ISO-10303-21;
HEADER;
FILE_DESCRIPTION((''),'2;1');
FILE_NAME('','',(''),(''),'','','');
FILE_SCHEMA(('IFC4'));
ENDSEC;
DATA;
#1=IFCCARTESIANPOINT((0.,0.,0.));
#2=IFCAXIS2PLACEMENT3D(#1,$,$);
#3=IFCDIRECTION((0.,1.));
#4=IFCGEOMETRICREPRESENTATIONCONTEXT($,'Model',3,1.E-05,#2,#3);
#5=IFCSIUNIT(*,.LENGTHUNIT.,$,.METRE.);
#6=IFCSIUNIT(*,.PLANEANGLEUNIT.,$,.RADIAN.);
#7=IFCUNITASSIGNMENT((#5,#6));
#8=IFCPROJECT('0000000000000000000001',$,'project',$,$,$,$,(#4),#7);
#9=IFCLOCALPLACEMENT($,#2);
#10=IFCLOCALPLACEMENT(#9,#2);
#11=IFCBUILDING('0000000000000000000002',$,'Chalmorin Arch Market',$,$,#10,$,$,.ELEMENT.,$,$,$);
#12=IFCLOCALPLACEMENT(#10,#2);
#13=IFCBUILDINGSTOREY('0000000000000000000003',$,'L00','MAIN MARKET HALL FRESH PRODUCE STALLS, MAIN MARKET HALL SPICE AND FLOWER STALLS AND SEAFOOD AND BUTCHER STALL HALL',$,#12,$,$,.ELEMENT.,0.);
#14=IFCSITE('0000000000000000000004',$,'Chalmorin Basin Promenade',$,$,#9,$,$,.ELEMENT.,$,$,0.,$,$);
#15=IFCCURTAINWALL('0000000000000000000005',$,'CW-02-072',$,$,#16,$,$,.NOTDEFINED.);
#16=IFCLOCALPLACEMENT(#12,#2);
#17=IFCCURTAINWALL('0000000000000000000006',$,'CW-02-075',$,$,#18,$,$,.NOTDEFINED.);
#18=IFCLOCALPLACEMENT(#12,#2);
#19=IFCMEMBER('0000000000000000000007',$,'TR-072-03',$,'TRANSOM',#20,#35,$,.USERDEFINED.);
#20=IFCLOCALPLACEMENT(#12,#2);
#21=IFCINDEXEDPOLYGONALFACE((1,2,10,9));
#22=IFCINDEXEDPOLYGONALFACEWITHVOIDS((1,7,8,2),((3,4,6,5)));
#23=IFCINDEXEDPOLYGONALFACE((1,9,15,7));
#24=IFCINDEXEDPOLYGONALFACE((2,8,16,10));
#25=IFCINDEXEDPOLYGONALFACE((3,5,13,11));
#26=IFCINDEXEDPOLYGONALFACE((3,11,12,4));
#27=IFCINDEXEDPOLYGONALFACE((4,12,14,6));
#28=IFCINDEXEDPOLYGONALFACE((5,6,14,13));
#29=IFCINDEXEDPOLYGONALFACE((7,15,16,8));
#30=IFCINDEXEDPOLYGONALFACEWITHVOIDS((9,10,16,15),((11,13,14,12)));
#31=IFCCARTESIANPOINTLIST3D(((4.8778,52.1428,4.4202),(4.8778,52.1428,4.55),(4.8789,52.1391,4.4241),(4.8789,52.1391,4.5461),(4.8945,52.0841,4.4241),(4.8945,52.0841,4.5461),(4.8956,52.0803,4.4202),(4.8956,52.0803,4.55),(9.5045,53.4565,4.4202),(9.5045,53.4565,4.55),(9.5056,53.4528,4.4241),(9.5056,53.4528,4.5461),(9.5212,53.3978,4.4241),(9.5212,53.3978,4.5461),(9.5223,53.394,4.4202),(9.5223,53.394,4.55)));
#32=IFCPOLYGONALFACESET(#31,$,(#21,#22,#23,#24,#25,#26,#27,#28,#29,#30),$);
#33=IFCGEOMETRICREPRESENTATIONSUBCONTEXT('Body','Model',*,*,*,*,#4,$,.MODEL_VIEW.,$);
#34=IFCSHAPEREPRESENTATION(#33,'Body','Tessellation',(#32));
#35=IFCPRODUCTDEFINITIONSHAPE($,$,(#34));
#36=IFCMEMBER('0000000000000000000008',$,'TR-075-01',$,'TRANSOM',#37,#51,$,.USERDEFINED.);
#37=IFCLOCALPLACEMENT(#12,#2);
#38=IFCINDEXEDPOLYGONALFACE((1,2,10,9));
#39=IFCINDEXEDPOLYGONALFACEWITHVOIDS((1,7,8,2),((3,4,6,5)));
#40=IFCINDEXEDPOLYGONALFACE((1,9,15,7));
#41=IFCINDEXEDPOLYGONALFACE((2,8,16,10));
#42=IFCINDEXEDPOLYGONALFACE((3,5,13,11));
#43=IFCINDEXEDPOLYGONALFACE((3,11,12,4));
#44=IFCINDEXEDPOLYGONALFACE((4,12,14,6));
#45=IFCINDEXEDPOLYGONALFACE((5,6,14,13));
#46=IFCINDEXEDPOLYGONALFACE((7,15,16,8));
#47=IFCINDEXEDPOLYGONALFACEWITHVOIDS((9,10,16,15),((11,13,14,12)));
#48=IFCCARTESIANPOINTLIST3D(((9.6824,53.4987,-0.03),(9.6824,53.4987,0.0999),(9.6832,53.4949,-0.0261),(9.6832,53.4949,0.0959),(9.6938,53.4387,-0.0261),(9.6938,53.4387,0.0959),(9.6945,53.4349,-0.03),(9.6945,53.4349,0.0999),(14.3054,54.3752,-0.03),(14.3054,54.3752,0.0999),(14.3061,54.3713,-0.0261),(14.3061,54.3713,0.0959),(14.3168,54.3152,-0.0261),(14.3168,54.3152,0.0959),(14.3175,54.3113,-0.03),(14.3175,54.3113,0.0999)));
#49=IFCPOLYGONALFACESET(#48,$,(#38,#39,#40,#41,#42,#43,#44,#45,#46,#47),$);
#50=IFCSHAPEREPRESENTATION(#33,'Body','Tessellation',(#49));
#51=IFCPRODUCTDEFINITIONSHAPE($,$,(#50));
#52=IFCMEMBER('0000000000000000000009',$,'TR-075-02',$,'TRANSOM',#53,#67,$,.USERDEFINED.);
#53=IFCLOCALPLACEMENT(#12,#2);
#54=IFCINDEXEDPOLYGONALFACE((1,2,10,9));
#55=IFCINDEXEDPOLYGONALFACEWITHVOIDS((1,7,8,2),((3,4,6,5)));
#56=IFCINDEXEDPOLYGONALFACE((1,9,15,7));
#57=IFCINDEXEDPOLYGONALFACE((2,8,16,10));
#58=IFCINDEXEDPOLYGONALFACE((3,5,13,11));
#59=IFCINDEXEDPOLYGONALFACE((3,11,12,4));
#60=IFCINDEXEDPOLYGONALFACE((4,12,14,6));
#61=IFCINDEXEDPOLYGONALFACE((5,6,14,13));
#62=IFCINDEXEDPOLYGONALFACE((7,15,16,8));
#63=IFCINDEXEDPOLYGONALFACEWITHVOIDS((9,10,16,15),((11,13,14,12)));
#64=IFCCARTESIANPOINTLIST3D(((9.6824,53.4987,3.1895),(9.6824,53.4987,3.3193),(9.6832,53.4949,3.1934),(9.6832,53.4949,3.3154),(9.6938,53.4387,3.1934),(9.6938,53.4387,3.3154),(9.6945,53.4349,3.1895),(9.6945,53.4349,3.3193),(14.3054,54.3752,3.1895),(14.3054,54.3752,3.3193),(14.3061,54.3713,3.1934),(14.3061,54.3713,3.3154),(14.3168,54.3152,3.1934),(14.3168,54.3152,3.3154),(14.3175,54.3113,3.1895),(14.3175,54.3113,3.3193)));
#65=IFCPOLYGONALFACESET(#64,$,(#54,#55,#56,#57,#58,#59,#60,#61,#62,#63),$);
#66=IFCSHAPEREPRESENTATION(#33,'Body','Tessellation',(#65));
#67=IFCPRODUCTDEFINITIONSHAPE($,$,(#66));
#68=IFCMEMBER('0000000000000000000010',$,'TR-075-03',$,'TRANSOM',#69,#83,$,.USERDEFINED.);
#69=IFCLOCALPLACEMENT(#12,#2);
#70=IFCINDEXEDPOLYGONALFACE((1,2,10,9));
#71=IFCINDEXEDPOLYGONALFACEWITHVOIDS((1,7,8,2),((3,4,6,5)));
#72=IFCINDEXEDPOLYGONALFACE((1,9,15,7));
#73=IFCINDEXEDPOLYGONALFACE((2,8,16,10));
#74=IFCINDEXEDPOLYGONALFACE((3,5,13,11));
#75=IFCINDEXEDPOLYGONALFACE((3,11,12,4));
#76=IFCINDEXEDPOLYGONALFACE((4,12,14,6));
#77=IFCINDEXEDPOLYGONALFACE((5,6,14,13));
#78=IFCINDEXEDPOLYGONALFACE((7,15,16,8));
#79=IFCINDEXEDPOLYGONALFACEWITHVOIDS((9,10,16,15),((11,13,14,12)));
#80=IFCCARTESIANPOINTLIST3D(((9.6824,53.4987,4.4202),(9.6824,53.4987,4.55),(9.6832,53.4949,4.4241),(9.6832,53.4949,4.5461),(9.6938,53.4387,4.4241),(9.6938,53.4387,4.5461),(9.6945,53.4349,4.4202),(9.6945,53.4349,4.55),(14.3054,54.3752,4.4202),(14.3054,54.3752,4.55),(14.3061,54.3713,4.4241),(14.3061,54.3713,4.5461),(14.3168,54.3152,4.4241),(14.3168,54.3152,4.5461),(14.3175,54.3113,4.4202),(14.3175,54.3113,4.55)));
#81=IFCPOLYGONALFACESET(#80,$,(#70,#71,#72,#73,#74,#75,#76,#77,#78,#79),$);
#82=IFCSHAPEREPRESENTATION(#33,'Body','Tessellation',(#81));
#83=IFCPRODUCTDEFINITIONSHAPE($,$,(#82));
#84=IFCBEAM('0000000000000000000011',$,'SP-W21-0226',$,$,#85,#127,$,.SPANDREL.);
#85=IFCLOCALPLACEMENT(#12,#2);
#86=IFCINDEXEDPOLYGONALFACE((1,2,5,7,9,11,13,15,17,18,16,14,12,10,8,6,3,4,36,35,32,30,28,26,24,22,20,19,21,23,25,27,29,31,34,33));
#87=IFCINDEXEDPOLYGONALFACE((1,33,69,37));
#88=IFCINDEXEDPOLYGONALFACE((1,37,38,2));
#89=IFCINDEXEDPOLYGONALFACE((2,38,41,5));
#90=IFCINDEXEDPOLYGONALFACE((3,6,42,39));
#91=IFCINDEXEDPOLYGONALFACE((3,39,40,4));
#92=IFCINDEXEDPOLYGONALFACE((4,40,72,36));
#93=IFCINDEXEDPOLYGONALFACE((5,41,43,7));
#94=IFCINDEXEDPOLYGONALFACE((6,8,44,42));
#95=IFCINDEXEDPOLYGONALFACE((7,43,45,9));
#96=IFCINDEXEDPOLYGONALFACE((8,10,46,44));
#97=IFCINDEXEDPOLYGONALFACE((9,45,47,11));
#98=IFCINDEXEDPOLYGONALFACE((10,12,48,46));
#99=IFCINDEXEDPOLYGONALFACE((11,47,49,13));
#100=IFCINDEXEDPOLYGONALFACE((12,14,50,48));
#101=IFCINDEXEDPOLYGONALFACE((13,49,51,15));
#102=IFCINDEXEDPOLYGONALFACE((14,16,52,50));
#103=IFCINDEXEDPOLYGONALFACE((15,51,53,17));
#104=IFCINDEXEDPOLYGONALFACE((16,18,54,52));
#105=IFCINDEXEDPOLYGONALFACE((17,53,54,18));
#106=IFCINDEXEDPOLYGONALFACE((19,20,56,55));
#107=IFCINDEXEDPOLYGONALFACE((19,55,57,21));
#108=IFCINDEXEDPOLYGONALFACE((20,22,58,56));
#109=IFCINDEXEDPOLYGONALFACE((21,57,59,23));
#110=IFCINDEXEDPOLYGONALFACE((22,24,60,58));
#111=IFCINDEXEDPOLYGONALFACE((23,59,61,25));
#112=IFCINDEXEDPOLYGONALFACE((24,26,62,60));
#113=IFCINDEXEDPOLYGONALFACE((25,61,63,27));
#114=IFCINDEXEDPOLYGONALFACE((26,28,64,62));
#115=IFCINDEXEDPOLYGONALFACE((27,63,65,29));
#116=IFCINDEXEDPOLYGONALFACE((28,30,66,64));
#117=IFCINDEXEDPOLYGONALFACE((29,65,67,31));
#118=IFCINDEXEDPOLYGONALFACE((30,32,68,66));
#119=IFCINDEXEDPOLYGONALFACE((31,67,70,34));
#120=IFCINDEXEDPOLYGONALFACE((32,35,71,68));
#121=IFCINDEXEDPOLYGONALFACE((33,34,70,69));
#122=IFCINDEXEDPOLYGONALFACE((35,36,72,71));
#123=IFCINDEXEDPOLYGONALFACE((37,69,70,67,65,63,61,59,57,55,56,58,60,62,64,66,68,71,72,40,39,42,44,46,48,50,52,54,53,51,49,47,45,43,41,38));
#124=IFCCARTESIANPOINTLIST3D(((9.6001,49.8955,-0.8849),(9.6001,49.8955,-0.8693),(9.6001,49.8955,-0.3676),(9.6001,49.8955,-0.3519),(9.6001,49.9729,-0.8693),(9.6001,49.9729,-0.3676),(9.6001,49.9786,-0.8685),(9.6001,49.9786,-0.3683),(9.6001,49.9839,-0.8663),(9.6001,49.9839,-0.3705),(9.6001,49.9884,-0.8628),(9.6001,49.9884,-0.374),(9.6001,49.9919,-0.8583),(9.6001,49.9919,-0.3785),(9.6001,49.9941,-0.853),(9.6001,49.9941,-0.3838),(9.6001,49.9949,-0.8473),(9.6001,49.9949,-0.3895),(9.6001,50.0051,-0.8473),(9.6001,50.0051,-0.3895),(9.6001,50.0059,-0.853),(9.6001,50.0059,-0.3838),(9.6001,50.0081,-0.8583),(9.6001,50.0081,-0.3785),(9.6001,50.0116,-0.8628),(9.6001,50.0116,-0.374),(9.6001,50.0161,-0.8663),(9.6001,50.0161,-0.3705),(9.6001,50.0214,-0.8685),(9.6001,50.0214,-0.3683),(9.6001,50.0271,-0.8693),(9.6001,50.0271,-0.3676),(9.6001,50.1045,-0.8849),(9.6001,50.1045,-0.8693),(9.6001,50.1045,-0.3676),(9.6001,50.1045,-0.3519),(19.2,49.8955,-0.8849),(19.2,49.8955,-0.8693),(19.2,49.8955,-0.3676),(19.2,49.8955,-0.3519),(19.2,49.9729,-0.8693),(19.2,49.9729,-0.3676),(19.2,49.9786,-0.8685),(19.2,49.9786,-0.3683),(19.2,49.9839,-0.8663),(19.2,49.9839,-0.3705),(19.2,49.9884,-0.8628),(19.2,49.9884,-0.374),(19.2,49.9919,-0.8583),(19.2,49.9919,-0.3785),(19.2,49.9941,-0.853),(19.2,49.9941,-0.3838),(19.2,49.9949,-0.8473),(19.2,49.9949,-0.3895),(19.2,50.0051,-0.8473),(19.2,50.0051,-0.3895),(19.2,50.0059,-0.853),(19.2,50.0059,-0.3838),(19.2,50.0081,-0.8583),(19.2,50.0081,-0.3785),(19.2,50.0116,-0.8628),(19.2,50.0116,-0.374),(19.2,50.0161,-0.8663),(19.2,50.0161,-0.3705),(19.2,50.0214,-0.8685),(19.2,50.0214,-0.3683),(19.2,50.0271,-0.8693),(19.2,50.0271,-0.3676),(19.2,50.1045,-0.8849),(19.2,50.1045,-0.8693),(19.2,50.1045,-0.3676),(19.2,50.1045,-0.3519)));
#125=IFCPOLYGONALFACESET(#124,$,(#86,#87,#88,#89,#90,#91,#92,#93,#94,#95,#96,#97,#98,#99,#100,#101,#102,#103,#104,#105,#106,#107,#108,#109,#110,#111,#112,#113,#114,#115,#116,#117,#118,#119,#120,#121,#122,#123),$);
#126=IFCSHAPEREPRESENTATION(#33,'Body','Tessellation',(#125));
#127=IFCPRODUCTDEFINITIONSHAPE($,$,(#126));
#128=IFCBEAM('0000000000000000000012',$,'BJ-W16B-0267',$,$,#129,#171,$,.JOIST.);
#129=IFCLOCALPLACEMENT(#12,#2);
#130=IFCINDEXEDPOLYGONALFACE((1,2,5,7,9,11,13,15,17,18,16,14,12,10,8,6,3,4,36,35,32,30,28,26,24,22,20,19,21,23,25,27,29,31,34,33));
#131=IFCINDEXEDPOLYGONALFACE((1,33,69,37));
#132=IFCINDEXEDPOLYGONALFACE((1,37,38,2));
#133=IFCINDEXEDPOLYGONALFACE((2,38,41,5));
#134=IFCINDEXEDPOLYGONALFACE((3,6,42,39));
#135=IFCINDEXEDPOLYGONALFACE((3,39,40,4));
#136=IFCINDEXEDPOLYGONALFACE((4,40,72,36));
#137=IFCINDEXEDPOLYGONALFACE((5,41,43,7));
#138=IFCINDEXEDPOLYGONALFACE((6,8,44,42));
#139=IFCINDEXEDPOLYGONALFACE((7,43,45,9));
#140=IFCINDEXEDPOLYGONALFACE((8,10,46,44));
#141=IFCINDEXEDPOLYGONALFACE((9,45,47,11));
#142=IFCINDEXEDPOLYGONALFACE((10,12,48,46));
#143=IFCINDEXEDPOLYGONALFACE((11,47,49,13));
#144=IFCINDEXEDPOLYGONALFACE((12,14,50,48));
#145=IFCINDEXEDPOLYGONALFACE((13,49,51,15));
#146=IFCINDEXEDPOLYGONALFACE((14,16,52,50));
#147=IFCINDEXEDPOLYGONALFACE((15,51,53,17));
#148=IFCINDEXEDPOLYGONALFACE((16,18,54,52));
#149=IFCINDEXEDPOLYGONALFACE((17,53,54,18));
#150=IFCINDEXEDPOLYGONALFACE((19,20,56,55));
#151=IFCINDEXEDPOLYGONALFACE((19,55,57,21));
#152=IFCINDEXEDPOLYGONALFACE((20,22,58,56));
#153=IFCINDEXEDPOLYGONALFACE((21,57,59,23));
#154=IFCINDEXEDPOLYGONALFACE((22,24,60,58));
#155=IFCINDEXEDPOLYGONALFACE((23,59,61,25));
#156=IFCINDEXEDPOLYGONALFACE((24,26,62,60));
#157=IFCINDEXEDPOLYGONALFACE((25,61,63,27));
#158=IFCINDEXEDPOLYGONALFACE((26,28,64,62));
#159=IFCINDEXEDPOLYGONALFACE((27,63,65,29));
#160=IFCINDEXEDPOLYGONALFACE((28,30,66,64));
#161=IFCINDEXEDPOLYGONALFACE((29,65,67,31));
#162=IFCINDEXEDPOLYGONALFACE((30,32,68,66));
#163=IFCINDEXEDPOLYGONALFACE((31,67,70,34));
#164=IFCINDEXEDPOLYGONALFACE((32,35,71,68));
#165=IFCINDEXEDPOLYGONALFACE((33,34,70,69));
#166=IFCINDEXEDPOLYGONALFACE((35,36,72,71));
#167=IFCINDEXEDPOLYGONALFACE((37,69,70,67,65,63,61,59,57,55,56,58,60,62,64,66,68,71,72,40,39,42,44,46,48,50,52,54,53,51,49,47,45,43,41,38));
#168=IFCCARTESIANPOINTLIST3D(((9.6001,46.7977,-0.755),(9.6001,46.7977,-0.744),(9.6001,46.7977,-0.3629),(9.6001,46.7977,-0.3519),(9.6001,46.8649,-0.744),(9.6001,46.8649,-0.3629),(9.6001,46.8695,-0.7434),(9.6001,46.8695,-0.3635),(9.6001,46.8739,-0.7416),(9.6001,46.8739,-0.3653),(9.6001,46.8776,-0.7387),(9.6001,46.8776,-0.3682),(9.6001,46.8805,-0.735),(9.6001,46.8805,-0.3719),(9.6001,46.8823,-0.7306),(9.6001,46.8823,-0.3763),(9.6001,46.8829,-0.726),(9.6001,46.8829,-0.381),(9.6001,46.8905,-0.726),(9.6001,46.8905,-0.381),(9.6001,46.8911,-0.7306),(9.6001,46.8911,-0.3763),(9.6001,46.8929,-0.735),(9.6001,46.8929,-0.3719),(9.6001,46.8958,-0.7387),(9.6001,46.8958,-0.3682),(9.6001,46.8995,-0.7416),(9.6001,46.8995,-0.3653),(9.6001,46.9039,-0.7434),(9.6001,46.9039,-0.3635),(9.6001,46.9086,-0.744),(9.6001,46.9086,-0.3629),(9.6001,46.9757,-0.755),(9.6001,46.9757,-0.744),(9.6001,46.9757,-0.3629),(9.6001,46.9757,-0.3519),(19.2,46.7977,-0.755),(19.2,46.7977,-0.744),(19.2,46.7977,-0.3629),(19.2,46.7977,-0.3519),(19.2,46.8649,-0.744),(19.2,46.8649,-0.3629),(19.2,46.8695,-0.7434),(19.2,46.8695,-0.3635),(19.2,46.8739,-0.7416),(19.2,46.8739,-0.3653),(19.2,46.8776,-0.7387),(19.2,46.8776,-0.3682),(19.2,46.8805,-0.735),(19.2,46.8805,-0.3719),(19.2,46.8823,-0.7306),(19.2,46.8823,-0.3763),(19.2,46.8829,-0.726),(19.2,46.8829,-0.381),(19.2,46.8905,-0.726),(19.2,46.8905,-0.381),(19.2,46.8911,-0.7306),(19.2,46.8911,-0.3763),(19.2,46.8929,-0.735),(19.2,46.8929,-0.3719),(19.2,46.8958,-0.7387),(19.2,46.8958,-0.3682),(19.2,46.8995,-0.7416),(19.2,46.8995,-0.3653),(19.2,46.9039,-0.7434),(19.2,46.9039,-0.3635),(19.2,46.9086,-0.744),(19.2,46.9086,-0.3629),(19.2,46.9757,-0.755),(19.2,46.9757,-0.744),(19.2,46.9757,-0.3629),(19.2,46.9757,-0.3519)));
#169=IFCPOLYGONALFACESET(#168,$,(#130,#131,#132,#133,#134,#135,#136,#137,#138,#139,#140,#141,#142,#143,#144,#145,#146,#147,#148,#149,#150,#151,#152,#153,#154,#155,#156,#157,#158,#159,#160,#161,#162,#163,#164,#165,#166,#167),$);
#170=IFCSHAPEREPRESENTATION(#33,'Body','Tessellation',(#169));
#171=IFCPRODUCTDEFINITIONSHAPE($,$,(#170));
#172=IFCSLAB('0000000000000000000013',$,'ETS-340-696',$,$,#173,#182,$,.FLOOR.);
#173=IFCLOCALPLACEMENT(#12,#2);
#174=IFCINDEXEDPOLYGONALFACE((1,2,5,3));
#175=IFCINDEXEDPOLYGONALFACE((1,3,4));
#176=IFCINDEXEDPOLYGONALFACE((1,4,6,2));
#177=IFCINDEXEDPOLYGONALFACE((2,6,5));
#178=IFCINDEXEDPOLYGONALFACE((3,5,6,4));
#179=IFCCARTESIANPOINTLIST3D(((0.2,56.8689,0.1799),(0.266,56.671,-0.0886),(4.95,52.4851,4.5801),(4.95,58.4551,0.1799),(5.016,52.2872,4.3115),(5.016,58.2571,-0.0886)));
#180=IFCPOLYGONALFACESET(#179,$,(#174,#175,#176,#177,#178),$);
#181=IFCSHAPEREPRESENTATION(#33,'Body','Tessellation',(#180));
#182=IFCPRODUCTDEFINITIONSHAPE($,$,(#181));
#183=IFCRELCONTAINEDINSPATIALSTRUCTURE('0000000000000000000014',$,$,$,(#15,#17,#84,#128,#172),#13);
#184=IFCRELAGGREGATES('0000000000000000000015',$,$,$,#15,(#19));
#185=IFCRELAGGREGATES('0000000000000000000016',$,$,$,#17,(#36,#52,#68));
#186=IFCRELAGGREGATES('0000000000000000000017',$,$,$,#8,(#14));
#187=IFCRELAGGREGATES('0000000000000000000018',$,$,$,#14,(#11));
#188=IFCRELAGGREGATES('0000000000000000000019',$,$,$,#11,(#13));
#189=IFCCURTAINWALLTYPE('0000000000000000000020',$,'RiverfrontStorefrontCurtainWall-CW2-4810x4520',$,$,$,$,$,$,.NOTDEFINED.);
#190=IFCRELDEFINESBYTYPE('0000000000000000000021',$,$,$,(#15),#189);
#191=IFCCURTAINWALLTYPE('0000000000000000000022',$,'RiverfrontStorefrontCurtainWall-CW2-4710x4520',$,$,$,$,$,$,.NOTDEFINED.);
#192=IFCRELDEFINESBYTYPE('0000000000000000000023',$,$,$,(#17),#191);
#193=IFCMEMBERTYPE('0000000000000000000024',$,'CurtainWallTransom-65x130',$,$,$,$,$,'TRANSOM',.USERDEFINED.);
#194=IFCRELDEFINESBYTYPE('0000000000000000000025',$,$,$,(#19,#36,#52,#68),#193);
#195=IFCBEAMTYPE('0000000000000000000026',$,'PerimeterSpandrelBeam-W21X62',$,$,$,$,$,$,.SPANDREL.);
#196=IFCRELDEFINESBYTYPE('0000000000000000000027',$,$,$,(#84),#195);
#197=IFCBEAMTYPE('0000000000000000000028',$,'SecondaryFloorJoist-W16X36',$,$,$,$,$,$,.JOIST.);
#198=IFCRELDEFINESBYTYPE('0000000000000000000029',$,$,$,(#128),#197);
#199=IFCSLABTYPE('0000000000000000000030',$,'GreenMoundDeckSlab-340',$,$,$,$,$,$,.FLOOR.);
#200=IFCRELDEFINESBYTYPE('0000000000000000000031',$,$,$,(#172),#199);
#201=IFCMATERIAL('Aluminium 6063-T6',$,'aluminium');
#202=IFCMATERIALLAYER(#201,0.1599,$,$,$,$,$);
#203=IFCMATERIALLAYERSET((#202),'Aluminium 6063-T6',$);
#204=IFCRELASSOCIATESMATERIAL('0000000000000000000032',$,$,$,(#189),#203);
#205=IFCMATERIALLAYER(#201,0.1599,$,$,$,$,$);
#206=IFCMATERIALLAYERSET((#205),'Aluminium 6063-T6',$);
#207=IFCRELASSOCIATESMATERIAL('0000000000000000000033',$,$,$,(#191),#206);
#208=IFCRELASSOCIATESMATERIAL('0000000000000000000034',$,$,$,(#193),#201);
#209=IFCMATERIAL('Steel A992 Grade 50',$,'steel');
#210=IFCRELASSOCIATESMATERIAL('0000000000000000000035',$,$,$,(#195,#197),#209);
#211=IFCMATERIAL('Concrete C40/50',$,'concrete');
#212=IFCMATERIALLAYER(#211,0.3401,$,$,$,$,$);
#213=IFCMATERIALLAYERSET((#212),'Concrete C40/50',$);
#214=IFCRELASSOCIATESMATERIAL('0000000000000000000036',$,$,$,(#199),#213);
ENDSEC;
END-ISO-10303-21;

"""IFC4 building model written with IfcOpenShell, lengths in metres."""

from ifc_helpers import new_model, si_unit, direction, frame, origin, origin_2d, place, context, subcontext, project, spatial, polyline, hollow_rectangle, i_section, outline, extrude, material, layer, layer_set, material_profile, profile_set, type_object, element, aggregate, save


model = new_model("IFC4")

# Units and contexts
model_context = context("Model", 3, precision=1e-05, world=origin(), true_north=direction((0.0, 1.0)))
body_context = subcontext(model_context, "Body", "Model", "MODEL_VIEW")
ifc_project = project(units=[si_unit("LENGTHUNIT", "METRE"), si_unit("PLANEANGLEUNIT", "RADIAN")], contexts=[model_context])

# Site, building, storey
site_placement = place(None, origin())
site = spatial("IfcSite", under=ifc_project, at=site_placement, Name="Chalmorin Basin Promenade", CompositionType="ELEMENT", RefElevation=0.0)
building_placement = place(site_placement, origin())
building = spatial("IfcBuilding", under=site, at=building_placement, Name="Chalmorin Arch Market", CompositionType="ELEMENT")
storey_placement = place(building_placement, origin())
storey = spatial("IfcBuildingStorey", under=building, at=storey_placement, Name="L00", Description="MAIN MARKET HALL FRESH PRODUCE STALLS, MAIN MARKET HALL SPICE AND FLOWER STALLS AND SEAFOOD AND BUTCHER STALL HALL", CompositionType="ELEMENT", Elevation=0.0)

# Shared definitions
ifc_material_1 = material(Name="Concrete C40/50", Category="concrete")

# Shared definitions
ifc_material_2 = material(Name="Aluminium 6063-T6", Category="aluminium")

# Curtain walls
ifc_layer_1 = layer(ifc_material_2, 0.1599)
ifc_layer_set_1 = layer_set([ifc_layer_1], Name="Aluminium 6063-T6")
curtain_wall_type_1 = type_object("IfcCurtainWallType", Name="RiverfrontStorefrontCurtainWall-CW2-4810x4520", PredefinedType="NOTDEFINED", material=ifc_layer_set_1)
curtain_wall_1_placement = place(storey_placement, origin())
curtain_wall_1 = element("IfcCurtainWall", 1, at=curtain_wall_1_placement, inside=storey, type_object=curtain_wall_type_1, Name="CW-02-072", PredefinedType="NOTDEFINED")
ifc_layer_2 = layer(ifc_material_2, 0.1599)
ifc_layer_set_2 = layer_set([ifc_layer_2], Name="Aluminium 6063-T6")
curtain_wall_type_2 = type_object("IfcCurtainWallType", Name="RiverfrontStorefrontCurtainWall-CW2-4710x4520", PredefinedType="NOTDEFINED", material=ifc_layer_set_2)
curtain_wall_2_placement = place(storey_placement, origin())
curtain_wall_2 = element("IfcCurtainWall", 2, at=curtain_wall_2_placement, inside=storey, type_object=curtain_wall_type_2, Name="CW-02-075", PredefinedType="NOTDEFINED")

# Members
ifc_material_profile_1 = material_profile(ifc_material_2, hollow_rectangle(XDim=0.0649, YDim=0.1299, WallThickness=0.0039, at=origin_2d()), Name="ALU65X130X4")
ifc_profile_set_1 = profile_set([ifc_material_profile_1], Name="Aluminium 6063-T6")
member_type_1 = type_object("IfcMemberType", Name="CurtainWallTransom-65x130", ElementType="TRANSOM", PredefinedType="USERDEFINED", material=ifc_profile_set_1)
member_1_placement = place(storey_placement, frame((4.8867, 52.1116, 4.4851), z_axis=(0.961973, 0.273145, 0.0), x_axis=(-0.273145, 0.961973, 0.0)))
member_1 = element("IfcMember", 3, at=member_1_placement, type_object=member_type_1, Name="TR-072-03", ObjectType="TRANSOM", PredefinedType="USERDEFINED", context=body_context, shape_type="SweptSolid", body=[
    extrude(hollow_rectangle(XDim=0.0649, YDim=0.1299, WallThickness=0.0039, at=origin_2d()), origin(), (0.0, 0.0, 1.0), 4.8096),
])
member_2_placement = place(storey_placement, frame((9.6885, 53.4668, 0.0349), z_axis=(0.982499, 0.186268, 0.0), x_axis=(-0.186268, 0.982499, 0.0)))
member_2 = element("IfcMember", 4, at=member_2_placement, type_object=member_type_1, Name="TR-075-01", ObjectType="TRANSOM", PredefinedType="USERDEFINED", context=body_context, shape_type="SweptSolid", body=[
    extrude(hollow_rectangle(XDim=0.0649, YDim=0.1299, WallThickness=0.0039, at=origin_2d()), origin(), (0.0, 0.0, 1.0), 4.7053),
])
member_3_placement = place(storey_placement, frame((9.6885, 53.4668, 3.2544), z_axis=(0.982499, 0.186268, 0.0), x_axis=(-0.186268, 0.982499, 0.0)))
member_3 = element("IfcMember", 5, at=member_3_placement, type_object=member_type_1, Name="TR-075-02", ObjectType="TRANSOM", PredefinedType="USERDEFINED", context=body_context, shape_type="SweptSolid", body=[
    extrude(hollow_rectangle(XDim=0.0649, YDim=0.1299, WallThickness=0.0039, at=origin_2d()), origin(), (0.0, 0.0, 1.0), 4.7053),
])
member_4_placement = place(storey_placement, frame((9.6885, 53.4668, 4.4851), z_axis=(0.982499, 0.186268, 0.0), x_axis=(-0.186268, 0.982499, 0.0)))
member_4 = element("IfcMember", 6, at=member_4_placement, type_object=member_type_1, Name="TR-075-03", ObjectType="TRANSOM", PredefinedType="USERDEFINED", context=body_context, shape_type="SweptSolid", body=[
    extrude(hollow_rectangle(XDim=0.0649, YDim=0.1299, WallThickness=0.0039, at=origin_2d()), origin(), (0.0, 0.0, 1.0), 4.7053),
])

# Beams
ifc_material_3 = material(Name="Steel A992 Grade 50", Category="steel")
ifc_material_profile_2 = material_profile(ifc_material_3, i_section(OverallWidth=0.209, OverallDepth=0.533, WebThickness=0.0103, FlangeThickness=0.0156, FilletRadius=0.022, at=origin_2d()), Name="W21X62")
ifc_profile_set_2 = profile_set([ifc_material_profile_2], Name="Steel A992 Grade 50")
beam_type_1 = type_object("IfcBeamType", Name="PerimeterSpandrelBeam-W21X62", PredefinedType="SPANDREL", material=ifc_profile_set_2)
beam_1_placement = place(storey_placement, frame((9.6001, 50.0, -0.6184), z_axis=(1.0, 0.0, 0.0), x_axis=(0.0, 1.0, 0.0)))
element("IfcBeam", 7, at=beam_1_placement, inside=storey, type_object=beam_type_1, Name="SP-W21-0226", PredefinedType="SPANDREL", context=body_context, shape_type="SweptSolid", body=[
    extrude(i_section(OverallWidth=0.209, OverallDepth=0.533, WebThickness=0.0103, FlangeThickness=0.0156, FilletRadius=0.022, at=origin_2d()), origin(), (0.0, 0.0, 1.0), 9.5999),
])
ifc_material_profile_3 = material_profile(ifc_material_3, i_section(OverallWidth=0.178, OverallDepth=0.4031, WebThickness=0.0076, FlangeThickness=0.011, FilletRadius=0.0181, at=origin_2d()), Name="W16X36")
ifc_profile_set_3 = profile_set([ifc_material_profile_3], Name="Steel A992 Grade 50")
beam_type_2 = type_object("IfcBeamType", Name="SecondaryFloorJoist-W16X36", PredefinedType="JOIST", material=ifc_profile_set_3)
beam_2_placement = place(storey_placement, frame((9.6001, 46.8867, -0.5535), z_axis=(1.0, 0.0, 0.0), x_axis=(0.0, 1.0, 0.0)))
element("IfcBeam", 8, at=beam_2_placement, inside=storey, type_object=beam_type_2, Name="BJ-W16B-0267", PredefinedType="JOIST", context=body_context, shape_type="SweptSolid", body=[
    extrude(i_section(OverallWidth=0.178, OverallDepth=0.4031, WebThickness=0.0076, FlangeThickness=0.011, FilletRadius=0.0181, at=origin_2d()), origin(), (0.0, 0.0, 1.0), 9.5999),
])

# Slab
ifc_layer_3 = layer(ifc_material_1, 0.3401)
ifc_layer_set_3 = layer_set([ifc_layer_3], Name="Concrete C40/50")
slab_type = type_object("IfcSlabType", Name="GreenMoundDeckSlab-340", PredefinedType="FLOOR", material=ifc_layer_set_3)
slab_1_placement = place(storey_placement, frame((4.95, 52.4851, 4.5801), z_axis=(-0.194347, 0.581993, 0.789629), x_axis=(0.0, 0.804977, -0.593306)))
element("IfcSlab", 9, at=slab_1_placement, inside=storey, type_object=slab_type, Name="ETS-340-696", PredefinedType="FLOOR", context=body_context, shape_type="SweptSolid", body=[
    extrude(outline(polyline([(0.0, 0.0), (7.4163, 0.0), (6.1395, 4.8423), (0.0, 0.0)])), origin(), (0.0, 0.0, -1.0), 0.3401),
])

aggregate(curtain_wall_1, [member_1])
aggregate(curtain_wall_2, [member_2, member_3, member_4])

save(model, "model.ifc")
